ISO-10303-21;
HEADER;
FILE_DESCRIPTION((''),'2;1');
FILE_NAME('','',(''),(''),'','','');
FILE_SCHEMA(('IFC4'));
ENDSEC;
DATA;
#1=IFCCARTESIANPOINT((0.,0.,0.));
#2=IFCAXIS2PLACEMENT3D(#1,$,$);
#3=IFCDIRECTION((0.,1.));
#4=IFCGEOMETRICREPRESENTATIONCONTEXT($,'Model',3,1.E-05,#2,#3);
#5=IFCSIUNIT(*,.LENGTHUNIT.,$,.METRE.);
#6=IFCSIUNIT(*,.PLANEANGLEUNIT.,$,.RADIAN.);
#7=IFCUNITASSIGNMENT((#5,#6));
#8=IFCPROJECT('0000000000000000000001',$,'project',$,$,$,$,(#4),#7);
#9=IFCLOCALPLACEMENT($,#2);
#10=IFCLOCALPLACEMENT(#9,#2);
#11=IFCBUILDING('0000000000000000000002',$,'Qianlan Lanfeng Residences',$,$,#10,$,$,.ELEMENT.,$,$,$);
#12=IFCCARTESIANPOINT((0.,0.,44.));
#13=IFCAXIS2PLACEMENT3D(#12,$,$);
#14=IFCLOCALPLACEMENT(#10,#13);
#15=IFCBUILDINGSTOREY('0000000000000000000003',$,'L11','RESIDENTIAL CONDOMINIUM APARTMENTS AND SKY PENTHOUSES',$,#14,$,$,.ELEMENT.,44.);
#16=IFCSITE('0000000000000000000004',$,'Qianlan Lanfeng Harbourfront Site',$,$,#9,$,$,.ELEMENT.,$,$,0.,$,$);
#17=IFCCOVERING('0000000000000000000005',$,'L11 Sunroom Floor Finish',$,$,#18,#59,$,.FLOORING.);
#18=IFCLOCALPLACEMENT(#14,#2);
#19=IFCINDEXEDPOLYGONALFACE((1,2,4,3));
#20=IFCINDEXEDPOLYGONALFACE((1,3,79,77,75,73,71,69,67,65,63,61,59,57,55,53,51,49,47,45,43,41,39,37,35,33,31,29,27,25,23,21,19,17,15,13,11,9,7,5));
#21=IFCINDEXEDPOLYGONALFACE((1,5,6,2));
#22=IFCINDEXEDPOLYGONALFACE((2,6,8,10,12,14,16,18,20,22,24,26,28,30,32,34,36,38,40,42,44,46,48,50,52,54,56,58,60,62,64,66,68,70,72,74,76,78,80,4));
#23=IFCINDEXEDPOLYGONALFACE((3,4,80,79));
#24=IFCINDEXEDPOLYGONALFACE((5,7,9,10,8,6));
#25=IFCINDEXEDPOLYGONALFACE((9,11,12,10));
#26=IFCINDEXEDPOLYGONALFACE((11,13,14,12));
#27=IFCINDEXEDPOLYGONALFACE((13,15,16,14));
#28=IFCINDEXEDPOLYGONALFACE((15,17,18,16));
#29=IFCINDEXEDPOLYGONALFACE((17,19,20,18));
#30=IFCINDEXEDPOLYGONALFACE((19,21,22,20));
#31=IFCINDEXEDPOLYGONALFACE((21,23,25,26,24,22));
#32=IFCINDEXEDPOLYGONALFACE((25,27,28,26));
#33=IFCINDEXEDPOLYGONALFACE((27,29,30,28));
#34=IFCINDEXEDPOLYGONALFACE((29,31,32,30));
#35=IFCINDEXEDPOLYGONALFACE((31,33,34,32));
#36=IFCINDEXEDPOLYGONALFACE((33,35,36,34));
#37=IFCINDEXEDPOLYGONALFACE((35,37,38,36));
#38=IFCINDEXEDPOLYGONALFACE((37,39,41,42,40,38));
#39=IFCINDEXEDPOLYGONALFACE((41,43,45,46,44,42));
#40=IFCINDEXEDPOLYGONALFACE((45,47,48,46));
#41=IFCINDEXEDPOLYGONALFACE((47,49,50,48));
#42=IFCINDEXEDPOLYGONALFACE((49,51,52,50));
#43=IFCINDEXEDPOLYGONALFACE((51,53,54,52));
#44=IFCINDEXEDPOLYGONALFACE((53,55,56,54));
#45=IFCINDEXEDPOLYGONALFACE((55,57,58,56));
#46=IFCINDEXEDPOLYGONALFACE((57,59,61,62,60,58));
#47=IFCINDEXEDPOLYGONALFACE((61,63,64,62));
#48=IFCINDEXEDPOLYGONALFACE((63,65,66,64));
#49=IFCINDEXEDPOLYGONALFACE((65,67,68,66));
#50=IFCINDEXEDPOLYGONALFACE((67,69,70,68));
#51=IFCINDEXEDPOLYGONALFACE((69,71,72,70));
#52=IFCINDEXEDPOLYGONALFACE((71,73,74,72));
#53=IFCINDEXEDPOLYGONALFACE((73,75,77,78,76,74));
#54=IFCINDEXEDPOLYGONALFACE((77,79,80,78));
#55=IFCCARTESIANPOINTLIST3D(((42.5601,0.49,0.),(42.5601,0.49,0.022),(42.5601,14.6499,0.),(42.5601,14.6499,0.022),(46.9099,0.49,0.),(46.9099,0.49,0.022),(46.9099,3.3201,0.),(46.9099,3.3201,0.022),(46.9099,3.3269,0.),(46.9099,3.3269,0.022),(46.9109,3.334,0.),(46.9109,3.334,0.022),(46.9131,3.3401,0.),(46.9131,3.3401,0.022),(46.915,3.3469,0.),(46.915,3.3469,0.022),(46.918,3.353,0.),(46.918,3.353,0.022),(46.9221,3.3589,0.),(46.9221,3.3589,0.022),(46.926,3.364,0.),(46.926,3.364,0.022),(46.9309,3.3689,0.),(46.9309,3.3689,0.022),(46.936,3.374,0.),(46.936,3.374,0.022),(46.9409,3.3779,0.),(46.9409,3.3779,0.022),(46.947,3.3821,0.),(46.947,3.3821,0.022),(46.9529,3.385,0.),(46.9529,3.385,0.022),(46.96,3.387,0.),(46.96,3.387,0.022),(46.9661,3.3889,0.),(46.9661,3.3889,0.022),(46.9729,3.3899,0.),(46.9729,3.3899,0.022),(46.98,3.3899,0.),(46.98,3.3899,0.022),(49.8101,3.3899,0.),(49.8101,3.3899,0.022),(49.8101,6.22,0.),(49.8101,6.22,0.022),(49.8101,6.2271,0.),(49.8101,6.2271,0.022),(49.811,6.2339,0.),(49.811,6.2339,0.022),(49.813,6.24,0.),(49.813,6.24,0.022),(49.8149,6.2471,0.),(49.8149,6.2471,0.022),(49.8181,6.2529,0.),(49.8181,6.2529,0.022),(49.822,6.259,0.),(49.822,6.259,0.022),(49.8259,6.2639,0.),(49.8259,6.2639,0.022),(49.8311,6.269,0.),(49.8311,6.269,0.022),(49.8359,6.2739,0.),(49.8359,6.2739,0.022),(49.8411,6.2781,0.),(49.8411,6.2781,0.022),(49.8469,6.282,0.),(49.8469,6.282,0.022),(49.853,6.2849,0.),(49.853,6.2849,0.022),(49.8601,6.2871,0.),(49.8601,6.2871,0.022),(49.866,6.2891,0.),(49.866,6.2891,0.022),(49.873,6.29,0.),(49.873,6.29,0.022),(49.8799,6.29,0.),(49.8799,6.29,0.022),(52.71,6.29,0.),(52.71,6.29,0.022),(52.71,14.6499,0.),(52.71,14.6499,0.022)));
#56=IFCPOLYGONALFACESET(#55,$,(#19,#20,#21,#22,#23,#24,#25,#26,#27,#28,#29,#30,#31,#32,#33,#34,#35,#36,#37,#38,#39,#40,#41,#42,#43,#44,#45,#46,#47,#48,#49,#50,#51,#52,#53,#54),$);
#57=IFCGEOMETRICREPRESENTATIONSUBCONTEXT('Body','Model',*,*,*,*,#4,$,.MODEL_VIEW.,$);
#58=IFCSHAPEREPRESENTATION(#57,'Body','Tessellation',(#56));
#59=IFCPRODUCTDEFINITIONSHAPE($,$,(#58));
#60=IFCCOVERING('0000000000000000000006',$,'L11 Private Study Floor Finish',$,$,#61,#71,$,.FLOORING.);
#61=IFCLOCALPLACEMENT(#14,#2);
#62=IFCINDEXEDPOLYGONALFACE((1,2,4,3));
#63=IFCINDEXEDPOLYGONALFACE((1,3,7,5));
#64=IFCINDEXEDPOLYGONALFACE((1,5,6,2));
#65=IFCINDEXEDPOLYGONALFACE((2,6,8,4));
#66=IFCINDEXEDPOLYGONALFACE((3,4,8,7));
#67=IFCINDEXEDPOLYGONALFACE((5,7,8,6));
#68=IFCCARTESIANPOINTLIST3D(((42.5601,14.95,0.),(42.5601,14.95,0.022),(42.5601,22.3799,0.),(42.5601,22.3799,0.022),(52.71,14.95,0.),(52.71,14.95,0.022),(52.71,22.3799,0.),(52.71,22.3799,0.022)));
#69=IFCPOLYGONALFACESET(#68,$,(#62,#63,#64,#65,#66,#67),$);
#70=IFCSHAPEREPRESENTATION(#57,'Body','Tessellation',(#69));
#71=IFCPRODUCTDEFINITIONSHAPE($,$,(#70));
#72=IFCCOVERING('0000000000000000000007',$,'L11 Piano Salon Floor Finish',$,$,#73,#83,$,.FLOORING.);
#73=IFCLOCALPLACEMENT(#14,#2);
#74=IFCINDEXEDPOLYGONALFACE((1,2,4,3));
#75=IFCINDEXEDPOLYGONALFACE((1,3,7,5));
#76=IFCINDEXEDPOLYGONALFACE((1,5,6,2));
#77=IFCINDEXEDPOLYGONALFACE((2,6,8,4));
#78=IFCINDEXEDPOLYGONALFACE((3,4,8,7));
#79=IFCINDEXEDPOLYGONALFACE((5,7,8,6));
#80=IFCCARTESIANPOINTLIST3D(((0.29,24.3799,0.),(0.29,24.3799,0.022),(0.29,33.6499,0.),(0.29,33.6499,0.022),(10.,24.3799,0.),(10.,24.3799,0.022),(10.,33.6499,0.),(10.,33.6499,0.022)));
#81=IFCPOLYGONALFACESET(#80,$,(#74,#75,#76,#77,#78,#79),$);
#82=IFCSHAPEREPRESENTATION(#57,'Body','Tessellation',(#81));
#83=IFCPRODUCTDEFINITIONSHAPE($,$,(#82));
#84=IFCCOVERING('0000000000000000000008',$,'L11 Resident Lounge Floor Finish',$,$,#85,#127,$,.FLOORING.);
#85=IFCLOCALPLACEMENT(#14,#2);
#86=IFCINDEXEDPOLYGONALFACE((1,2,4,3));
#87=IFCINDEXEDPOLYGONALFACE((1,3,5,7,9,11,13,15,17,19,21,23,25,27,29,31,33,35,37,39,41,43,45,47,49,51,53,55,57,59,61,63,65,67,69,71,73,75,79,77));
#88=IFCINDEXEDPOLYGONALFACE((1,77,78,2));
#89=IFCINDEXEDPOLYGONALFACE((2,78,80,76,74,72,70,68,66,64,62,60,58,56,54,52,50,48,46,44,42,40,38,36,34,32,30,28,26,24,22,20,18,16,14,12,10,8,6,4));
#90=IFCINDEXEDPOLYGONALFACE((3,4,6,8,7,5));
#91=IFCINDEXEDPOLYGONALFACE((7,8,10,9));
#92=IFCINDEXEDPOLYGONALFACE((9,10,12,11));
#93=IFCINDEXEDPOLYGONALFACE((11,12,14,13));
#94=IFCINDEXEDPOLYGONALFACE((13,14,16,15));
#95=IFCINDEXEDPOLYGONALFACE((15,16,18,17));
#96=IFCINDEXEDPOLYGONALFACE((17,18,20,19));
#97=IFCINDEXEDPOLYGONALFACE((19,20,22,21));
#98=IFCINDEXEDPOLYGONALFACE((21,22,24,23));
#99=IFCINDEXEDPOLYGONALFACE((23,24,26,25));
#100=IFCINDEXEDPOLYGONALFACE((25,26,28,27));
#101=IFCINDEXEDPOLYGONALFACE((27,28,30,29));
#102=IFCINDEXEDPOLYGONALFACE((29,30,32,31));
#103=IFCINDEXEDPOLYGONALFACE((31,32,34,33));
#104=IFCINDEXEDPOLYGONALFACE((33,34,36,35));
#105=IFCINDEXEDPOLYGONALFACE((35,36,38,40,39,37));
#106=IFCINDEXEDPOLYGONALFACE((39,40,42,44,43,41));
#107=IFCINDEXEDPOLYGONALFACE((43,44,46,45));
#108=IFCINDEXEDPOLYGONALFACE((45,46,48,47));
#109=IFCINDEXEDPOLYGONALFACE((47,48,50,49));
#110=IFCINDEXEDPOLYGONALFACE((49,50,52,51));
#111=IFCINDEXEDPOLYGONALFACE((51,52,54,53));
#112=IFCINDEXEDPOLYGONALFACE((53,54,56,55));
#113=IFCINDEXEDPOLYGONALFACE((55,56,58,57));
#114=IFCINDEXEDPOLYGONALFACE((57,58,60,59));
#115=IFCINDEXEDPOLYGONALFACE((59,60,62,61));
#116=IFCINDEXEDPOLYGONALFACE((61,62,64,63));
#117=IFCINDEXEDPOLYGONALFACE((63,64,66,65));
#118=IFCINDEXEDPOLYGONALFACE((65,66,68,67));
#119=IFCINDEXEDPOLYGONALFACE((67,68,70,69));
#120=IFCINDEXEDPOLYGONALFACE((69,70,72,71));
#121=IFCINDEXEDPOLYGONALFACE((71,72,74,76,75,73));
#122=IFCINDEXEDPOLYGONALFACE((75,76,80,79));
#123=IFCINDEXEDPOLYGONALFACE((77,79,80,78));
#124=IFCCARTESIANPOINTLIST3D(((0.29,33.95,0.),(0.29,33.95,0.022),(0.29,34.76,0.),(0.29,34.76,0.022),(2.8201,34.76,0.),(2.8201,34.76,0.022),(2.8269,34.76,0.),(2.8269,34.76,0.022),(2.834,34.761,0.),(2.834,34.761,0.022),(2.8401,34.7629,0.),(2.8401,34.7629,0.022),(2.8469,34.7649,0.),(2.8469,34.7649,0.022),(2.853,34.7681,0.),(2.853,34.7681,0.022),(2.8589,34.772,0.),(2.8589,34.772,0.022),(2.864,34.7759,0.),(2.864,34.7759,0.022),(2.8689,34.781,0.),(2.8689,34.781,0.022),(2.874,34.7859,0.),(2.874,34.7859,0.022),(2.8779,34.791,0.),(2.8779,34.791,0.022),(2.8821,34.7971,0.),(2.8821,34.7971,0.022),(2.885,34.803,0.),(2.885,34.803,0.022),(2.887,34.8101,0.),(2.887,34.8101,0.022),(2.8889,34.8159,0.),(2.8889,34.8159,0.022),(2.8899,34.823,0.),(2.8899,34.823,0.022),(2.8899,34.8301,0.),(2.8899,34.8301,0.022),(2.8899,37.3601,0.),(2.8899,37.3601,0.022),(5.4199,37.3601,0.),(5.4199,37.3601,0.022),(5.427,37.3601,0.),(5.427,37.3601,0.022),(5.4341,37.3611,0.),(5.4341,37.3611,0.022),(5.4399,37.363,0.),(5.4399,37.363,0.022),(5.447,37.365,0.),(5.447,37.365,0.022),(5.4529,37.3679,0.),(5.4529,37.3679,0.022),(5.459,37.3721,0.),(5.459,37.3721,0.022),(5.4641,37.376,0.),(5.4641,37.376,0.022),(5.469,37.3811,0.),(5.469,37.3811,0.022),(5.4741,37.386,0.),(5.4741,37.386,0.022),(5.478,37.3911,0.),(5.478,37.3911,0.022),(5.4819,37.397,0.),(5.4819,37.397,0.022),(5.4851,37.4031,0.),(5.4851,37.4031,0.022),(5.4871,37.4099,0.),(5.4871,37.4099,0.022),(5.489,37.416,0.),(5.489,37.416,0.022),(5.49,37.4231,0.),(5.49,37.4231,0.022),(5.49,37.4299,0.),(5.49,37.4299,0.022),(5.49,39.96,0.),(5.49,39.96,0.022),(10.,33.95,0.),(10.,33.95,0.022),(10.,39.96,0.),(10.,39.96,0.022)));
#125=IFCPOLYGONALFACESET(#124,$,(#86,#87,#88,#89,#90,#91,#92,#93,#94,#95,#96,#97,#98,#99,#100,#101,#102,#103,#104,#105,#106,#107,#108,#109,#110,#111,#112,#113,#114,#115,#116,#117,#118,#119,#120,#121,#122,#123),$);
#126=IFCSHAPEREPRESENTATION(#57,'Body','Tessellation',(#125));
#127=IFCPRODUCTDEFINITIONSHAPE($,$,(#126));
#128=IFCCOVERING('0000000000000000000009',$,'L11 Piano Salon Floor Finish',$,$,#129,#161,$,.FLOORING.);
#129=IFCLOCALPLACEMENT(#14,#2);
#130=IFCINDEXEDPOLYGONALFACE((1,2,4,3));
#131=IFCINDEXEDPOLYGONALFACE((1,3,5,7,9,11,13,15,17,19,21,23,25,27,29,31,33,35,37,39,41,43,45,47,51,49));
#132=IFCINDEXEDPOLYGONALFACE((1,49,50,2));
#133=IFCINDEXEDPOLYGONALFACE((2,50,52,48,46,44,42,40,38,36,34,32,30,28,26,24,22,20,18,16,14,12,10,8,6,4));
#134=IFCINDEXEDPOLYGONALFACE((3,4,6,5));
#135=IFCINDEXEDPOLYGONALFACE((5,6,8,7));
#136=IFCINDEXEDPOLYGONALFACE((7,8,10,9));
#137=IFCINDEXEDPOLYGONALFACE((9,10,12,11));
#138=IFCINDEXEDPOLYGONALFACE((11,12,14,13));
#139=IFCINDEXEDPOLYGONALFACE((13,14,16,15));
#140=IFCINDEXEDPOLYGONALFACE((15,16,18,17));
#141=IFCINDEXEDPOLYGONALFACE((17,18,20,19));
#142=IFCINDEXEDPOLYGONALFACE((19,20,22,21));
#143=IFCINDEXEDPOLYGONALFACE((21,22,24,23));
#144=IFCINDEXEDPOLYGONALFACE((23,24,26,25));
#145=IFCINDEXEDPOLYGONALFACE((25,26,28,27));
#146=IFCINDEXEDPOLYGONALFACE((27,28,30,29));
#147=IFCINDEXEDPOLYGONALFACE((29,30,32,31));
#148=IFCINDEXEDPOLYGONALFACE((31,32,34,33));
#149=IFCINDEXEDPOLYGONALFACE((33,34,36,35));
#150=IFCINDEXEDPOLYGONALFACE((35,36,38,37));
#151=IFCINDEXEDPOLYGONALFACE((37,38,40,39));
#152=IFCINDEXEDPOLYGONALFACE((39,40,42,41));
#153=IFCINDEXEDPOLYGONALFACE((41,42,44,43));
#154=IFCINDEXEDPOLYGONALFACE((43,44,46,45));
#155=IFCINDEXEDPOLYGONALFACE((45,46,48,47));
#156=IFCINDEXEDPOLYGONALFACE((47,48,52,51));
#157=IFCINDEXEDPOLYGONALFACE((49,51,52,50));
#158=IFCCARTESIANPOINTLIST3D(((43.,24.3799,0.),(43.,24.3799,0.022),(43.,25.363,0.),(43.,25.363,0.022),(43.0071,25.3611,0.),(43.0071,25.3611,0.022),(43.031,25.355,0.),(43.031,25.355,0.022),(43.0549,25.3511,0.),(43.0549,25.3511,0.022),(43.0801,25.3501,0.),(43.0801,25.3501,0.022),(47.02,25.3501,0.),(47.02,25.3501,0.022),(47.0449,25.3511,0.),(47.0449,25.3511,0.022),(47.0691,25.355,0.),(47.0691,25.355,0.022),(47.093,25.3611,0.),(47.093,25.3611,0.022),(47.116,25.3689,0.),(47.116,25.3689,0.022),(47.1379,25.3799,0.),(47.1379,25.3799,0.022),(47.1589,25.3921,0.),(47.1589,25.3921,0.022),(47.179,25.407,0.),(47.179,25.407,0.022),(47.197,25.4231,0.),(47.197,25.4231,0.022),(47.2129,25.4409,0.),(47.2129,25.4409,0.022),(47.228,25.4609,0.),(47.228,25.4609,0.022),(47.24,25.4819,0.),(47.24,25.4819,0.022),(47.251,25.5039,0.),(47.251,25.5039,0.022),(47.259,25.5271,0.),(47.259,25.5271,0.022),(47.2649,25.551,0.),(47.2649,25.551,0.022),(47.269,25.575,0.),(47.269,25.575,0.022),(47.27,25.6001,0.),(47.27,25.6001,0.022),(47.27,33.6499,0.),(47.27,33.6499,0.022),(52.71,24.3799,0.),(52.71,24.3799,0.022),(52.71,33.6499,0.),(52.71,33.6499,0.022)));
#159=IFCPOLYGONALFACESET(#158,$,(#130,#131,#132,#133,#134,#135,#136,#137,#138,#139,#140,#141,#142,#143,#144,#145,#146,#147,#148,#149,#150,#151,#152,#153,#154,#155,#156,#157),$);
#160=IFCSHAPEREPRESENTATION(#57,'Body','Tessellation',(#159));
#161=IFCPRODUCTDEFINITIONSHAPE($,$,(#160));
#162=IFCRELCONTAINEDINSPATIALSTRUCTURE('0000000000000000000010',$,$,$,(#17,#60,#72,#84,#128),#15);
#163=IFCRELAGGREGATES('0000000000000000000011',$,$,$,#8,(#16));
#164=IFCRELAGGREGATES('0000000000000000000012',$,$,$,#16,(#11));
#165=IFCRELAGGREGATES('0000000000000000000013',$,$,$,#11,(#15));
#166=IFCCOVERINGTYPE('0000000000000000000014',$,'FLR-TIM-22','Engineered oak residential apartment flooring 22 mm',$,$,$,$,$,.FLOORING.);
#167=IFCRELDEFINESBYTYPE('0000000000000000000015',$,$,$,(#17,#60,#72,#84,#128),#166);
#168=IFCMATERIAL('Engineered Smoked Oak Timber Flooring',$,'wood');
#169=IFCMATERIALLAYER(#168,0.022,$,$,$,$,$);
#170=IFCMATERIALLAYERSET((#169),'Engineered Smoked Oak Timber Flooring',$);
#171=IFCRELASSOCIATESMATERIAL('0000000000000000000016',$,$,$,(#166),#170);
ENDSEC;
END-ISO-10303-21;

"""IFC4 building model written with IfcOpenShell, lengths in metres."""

from ifc_helpers import new_model, si_unit, direction, frame, origin, place, context, subcontext, project, spatial, polyline, outline, extrude, material, layer, layer_set, type_object, element, save


model = new_model("IFC4")

# Units and contexts
model_context = context("Model", 3, precision=1e-05, world=origin(), true_north=direction((0.0, 1.0)))
body_context = subcontext(model_context, "Body", "Model", "MODEL_VIEW")
ifc_project = project(units=[si_unit("LENGTHUNIT", "METRE"), si_unit("PLANEANGLEUNIT", "RADIAN")], contexts=[model_context])

# Site, building, storey
site_placement = place(None, origin())
site = spatial("IfcSite", under=ifc_project, at=site_placement, Name="Qianlan Lanfeng Harbourfront Site", CompositionType="ELEMENT", RefElevation=0.0)
building_placement = place(site_placement, origin())
building = spatial("IfcBuilding", under=site, at=building_placement, Name="Qianlan Lanfeng Residences", CompositionType="ELEMENT")
storey_placement = place(building_placement, frame((0.0, 0.0, 44.0)))
storey = spatial("IfcBuildingStorey", under=building, at=storey_placement, Name="L11", Description="RESIDENTIAL CONDOMINIUM APARTMENTS AND SKY PENTHOUSES", CompositionType="ELEMENT", Elevation=44.0)

# Coverings
ifc_material_1 = material(Name="Engineered Smoked Oak Timber Flooring", Category="wood")
ifc_layer_1 = layer(ifc_material_1, 0.022)
ifc_layer_set_1 = layer_set([ifc_layer_1], Name="Engineered Smoked Oak Timber Flooring")
covering_type_1 = type_object("IfcCoveringType", Name="FLR-TIM-22", Description="Engineered oak residential apartment flooring 22 mm", PredefinedType="FLOORING", material=ifc_layer_set_1)
covering_1_placement = place(storey_placement, origin())
element("IfcCovering", 1, at=covering_1_placement, inside=storey, type_object=covering_type_1, Name="L11 Sunroom Floor Finish", PredefinedType="FLOORING", context=body_context, shape_type="SweptSolid", body=[
    extrude(outline(polyline([(52.71, 14.6499), (42.5601, 14.6499), (42.5601, 0.49), (46.9099, 0.49), (46.9099, 3.3201), (46.9099, 3.3269), (46.9109, 3.334), (46.9131, 3.3401), (46.915, 3.3469), (46.918, 3.353), (46.9221, 3.3589), (46.926, 3.364), (46.9309, 3.3689), (46.936, 3.374), (46.9409, 3.3779), (46.947, 3.3821), (46.9529, 3.385), (46.96, 3.387), (46.9661, 3.3889), (46.9729, 3.3899), (46.98, 3.3899), (49.8101, 3.3899), (49.8101, 6.22), (49.8101, 6.2271), (49.811, 6.2339), (49.813, 6.24), (49.8149, 6.2471), (49.8181, 6.2529), (49.822, 6.259), (49.8259, 6.2639), (49.8311, 6.269), (49.8359, 6.2739), (49.8411, 6.2781), (49.8469, 6.282), (49.853, 6.2849), (49.8601, 6.2871), (49.866, 6.2891), (49.873, 6.29), (49.8799, 6.29), (52.71, 6.29), (52.71, 14.6499)])), origin(), (0.0, 0.0, 1.0), 0.022),
])
covering_2_placement = place(storey_placement, origin())
element("IfcCovering", 2, at=covering_2_placement, inside=storey, type_object=covering_type_1, Name="L11 Private Study Floor Finish", PredefinedType="FLOORING", context=body_context, shape_type="SweptSolid", body=[
    extrude(outline(polyline([(52.71, 22.3799), (42.5601, 22.3799), (42.5601, 14.95), (52.71, 14.95), (52.71, 22.3799)])), origin(), (0.0, 0.0, 1.0), 0.022),
])
covering_3_placement = place(storey_placement, origin())
element("IfcCovering", 3, at=covering_3_placement, inside=storey, type_object=covering_type_1, Name="L11 Piano Salon Floor Finish", PredefinedType="FLOORING", context=body_context, shape_type="SweptSolid", body=[
    extrude(outline(polyline([(10.0, 33.6499), (0.29, 33.6499), (0.29, 24.3799), (10.0, 24.3799), (10.0, 33.6499)])), origin(), (0.0, 0.0, 1.0), 0.022),
])
covering_4_placement = place(storey_placement, origin())
element("IfcCovering", 4, at=covering_4_placement, inside=storey, type_object=covering_type_1, Name="L11 Resident Lounge Floor Finish", PredefinedType="FLOORING", context=body_context, shape_type="SweptSolid", body=[
    extrude(outline(polyline([(0.29, 33.95), (10.0, 33.95), (10.0, 39.96), (5.49, 39.96), (5.49, 37.4299), (5.49, 37.4231), (5.489, 37.416), (5.4871, 37.4099), (5.4851, 37.4031), (5.4819, 37.397), (5.478, 37.3911), (5.4741, 37.386), (5.469, 37.3811), (5.4641, 37.376), (5.459, 37.3721), (5.4529, 37.3679), (5.447, 37.365), (5.4399, 37.363), (5.4341, 37.3611), (5.427, 37.3601), (5.4199, 37.3601), (2.8899, 37.3601), (2.8899, 34.8301), (2.8899, 34.823), (2.8889, 34.8159), (2.887, 34.8101), (2.885, 34.803), (2.8821, 34.7971), (2.8779, 34.791), (2.874, 34.7859), (2.8689, 34.781), (2.864, 34.7759), (2.8589, 34.772), (2.853, 34.7681), (2.8469, 34.7649), (2.8401, 34.7629), (2.834, 34.761), (2.8269, 34.76), (2.8201, 34.76), (0.29, 34.76), (0.29, 33.95)])), origin(), (0.0, 0.0, 1.0), 0.022),
])
covering_5_placement = place(storey_placement, origin())
element("IfcCovering", 5, at=covering_5_placement, inside=storey, type_object=covering_type_1, Name="L11 Piano Salon Floor Finish", PredefinedType="FLOORING", context=body_context, shape_type="SweptSolid", body=[
    extrude(outline(polyline([(52.71, 33.6499), (47.27, 33.6499), (47.27, 25.6001), (47.269, 25.575), (47.2649, 25.551), (47.259, 25.5271), (47.251, 25.5039), (47.24, 25.4819), (47.228, 25.4609), (47.2129, 25.4409), (47.197, 25.4231), (47.179, 25.407), (47.1589, 25.3921), (47.1379, 25.3799), (47.116, 25.3689), (47.093, 25.3611), (47.0691, 25.355), (47.0449, 25.3511), (47.02, 25.3501), (43.0801, 25.3501), (43.0549, 25.3511), (43.031, 25.355), (43.0071, 25.3611), (43.0, 25.363), (43.0, 24.3799), (52.71, 24.3799), (52.71, 33.6499)])), origin(), (0.0, 0.0, 1.0), 0.022),
])

save(model, "model.ifc")
